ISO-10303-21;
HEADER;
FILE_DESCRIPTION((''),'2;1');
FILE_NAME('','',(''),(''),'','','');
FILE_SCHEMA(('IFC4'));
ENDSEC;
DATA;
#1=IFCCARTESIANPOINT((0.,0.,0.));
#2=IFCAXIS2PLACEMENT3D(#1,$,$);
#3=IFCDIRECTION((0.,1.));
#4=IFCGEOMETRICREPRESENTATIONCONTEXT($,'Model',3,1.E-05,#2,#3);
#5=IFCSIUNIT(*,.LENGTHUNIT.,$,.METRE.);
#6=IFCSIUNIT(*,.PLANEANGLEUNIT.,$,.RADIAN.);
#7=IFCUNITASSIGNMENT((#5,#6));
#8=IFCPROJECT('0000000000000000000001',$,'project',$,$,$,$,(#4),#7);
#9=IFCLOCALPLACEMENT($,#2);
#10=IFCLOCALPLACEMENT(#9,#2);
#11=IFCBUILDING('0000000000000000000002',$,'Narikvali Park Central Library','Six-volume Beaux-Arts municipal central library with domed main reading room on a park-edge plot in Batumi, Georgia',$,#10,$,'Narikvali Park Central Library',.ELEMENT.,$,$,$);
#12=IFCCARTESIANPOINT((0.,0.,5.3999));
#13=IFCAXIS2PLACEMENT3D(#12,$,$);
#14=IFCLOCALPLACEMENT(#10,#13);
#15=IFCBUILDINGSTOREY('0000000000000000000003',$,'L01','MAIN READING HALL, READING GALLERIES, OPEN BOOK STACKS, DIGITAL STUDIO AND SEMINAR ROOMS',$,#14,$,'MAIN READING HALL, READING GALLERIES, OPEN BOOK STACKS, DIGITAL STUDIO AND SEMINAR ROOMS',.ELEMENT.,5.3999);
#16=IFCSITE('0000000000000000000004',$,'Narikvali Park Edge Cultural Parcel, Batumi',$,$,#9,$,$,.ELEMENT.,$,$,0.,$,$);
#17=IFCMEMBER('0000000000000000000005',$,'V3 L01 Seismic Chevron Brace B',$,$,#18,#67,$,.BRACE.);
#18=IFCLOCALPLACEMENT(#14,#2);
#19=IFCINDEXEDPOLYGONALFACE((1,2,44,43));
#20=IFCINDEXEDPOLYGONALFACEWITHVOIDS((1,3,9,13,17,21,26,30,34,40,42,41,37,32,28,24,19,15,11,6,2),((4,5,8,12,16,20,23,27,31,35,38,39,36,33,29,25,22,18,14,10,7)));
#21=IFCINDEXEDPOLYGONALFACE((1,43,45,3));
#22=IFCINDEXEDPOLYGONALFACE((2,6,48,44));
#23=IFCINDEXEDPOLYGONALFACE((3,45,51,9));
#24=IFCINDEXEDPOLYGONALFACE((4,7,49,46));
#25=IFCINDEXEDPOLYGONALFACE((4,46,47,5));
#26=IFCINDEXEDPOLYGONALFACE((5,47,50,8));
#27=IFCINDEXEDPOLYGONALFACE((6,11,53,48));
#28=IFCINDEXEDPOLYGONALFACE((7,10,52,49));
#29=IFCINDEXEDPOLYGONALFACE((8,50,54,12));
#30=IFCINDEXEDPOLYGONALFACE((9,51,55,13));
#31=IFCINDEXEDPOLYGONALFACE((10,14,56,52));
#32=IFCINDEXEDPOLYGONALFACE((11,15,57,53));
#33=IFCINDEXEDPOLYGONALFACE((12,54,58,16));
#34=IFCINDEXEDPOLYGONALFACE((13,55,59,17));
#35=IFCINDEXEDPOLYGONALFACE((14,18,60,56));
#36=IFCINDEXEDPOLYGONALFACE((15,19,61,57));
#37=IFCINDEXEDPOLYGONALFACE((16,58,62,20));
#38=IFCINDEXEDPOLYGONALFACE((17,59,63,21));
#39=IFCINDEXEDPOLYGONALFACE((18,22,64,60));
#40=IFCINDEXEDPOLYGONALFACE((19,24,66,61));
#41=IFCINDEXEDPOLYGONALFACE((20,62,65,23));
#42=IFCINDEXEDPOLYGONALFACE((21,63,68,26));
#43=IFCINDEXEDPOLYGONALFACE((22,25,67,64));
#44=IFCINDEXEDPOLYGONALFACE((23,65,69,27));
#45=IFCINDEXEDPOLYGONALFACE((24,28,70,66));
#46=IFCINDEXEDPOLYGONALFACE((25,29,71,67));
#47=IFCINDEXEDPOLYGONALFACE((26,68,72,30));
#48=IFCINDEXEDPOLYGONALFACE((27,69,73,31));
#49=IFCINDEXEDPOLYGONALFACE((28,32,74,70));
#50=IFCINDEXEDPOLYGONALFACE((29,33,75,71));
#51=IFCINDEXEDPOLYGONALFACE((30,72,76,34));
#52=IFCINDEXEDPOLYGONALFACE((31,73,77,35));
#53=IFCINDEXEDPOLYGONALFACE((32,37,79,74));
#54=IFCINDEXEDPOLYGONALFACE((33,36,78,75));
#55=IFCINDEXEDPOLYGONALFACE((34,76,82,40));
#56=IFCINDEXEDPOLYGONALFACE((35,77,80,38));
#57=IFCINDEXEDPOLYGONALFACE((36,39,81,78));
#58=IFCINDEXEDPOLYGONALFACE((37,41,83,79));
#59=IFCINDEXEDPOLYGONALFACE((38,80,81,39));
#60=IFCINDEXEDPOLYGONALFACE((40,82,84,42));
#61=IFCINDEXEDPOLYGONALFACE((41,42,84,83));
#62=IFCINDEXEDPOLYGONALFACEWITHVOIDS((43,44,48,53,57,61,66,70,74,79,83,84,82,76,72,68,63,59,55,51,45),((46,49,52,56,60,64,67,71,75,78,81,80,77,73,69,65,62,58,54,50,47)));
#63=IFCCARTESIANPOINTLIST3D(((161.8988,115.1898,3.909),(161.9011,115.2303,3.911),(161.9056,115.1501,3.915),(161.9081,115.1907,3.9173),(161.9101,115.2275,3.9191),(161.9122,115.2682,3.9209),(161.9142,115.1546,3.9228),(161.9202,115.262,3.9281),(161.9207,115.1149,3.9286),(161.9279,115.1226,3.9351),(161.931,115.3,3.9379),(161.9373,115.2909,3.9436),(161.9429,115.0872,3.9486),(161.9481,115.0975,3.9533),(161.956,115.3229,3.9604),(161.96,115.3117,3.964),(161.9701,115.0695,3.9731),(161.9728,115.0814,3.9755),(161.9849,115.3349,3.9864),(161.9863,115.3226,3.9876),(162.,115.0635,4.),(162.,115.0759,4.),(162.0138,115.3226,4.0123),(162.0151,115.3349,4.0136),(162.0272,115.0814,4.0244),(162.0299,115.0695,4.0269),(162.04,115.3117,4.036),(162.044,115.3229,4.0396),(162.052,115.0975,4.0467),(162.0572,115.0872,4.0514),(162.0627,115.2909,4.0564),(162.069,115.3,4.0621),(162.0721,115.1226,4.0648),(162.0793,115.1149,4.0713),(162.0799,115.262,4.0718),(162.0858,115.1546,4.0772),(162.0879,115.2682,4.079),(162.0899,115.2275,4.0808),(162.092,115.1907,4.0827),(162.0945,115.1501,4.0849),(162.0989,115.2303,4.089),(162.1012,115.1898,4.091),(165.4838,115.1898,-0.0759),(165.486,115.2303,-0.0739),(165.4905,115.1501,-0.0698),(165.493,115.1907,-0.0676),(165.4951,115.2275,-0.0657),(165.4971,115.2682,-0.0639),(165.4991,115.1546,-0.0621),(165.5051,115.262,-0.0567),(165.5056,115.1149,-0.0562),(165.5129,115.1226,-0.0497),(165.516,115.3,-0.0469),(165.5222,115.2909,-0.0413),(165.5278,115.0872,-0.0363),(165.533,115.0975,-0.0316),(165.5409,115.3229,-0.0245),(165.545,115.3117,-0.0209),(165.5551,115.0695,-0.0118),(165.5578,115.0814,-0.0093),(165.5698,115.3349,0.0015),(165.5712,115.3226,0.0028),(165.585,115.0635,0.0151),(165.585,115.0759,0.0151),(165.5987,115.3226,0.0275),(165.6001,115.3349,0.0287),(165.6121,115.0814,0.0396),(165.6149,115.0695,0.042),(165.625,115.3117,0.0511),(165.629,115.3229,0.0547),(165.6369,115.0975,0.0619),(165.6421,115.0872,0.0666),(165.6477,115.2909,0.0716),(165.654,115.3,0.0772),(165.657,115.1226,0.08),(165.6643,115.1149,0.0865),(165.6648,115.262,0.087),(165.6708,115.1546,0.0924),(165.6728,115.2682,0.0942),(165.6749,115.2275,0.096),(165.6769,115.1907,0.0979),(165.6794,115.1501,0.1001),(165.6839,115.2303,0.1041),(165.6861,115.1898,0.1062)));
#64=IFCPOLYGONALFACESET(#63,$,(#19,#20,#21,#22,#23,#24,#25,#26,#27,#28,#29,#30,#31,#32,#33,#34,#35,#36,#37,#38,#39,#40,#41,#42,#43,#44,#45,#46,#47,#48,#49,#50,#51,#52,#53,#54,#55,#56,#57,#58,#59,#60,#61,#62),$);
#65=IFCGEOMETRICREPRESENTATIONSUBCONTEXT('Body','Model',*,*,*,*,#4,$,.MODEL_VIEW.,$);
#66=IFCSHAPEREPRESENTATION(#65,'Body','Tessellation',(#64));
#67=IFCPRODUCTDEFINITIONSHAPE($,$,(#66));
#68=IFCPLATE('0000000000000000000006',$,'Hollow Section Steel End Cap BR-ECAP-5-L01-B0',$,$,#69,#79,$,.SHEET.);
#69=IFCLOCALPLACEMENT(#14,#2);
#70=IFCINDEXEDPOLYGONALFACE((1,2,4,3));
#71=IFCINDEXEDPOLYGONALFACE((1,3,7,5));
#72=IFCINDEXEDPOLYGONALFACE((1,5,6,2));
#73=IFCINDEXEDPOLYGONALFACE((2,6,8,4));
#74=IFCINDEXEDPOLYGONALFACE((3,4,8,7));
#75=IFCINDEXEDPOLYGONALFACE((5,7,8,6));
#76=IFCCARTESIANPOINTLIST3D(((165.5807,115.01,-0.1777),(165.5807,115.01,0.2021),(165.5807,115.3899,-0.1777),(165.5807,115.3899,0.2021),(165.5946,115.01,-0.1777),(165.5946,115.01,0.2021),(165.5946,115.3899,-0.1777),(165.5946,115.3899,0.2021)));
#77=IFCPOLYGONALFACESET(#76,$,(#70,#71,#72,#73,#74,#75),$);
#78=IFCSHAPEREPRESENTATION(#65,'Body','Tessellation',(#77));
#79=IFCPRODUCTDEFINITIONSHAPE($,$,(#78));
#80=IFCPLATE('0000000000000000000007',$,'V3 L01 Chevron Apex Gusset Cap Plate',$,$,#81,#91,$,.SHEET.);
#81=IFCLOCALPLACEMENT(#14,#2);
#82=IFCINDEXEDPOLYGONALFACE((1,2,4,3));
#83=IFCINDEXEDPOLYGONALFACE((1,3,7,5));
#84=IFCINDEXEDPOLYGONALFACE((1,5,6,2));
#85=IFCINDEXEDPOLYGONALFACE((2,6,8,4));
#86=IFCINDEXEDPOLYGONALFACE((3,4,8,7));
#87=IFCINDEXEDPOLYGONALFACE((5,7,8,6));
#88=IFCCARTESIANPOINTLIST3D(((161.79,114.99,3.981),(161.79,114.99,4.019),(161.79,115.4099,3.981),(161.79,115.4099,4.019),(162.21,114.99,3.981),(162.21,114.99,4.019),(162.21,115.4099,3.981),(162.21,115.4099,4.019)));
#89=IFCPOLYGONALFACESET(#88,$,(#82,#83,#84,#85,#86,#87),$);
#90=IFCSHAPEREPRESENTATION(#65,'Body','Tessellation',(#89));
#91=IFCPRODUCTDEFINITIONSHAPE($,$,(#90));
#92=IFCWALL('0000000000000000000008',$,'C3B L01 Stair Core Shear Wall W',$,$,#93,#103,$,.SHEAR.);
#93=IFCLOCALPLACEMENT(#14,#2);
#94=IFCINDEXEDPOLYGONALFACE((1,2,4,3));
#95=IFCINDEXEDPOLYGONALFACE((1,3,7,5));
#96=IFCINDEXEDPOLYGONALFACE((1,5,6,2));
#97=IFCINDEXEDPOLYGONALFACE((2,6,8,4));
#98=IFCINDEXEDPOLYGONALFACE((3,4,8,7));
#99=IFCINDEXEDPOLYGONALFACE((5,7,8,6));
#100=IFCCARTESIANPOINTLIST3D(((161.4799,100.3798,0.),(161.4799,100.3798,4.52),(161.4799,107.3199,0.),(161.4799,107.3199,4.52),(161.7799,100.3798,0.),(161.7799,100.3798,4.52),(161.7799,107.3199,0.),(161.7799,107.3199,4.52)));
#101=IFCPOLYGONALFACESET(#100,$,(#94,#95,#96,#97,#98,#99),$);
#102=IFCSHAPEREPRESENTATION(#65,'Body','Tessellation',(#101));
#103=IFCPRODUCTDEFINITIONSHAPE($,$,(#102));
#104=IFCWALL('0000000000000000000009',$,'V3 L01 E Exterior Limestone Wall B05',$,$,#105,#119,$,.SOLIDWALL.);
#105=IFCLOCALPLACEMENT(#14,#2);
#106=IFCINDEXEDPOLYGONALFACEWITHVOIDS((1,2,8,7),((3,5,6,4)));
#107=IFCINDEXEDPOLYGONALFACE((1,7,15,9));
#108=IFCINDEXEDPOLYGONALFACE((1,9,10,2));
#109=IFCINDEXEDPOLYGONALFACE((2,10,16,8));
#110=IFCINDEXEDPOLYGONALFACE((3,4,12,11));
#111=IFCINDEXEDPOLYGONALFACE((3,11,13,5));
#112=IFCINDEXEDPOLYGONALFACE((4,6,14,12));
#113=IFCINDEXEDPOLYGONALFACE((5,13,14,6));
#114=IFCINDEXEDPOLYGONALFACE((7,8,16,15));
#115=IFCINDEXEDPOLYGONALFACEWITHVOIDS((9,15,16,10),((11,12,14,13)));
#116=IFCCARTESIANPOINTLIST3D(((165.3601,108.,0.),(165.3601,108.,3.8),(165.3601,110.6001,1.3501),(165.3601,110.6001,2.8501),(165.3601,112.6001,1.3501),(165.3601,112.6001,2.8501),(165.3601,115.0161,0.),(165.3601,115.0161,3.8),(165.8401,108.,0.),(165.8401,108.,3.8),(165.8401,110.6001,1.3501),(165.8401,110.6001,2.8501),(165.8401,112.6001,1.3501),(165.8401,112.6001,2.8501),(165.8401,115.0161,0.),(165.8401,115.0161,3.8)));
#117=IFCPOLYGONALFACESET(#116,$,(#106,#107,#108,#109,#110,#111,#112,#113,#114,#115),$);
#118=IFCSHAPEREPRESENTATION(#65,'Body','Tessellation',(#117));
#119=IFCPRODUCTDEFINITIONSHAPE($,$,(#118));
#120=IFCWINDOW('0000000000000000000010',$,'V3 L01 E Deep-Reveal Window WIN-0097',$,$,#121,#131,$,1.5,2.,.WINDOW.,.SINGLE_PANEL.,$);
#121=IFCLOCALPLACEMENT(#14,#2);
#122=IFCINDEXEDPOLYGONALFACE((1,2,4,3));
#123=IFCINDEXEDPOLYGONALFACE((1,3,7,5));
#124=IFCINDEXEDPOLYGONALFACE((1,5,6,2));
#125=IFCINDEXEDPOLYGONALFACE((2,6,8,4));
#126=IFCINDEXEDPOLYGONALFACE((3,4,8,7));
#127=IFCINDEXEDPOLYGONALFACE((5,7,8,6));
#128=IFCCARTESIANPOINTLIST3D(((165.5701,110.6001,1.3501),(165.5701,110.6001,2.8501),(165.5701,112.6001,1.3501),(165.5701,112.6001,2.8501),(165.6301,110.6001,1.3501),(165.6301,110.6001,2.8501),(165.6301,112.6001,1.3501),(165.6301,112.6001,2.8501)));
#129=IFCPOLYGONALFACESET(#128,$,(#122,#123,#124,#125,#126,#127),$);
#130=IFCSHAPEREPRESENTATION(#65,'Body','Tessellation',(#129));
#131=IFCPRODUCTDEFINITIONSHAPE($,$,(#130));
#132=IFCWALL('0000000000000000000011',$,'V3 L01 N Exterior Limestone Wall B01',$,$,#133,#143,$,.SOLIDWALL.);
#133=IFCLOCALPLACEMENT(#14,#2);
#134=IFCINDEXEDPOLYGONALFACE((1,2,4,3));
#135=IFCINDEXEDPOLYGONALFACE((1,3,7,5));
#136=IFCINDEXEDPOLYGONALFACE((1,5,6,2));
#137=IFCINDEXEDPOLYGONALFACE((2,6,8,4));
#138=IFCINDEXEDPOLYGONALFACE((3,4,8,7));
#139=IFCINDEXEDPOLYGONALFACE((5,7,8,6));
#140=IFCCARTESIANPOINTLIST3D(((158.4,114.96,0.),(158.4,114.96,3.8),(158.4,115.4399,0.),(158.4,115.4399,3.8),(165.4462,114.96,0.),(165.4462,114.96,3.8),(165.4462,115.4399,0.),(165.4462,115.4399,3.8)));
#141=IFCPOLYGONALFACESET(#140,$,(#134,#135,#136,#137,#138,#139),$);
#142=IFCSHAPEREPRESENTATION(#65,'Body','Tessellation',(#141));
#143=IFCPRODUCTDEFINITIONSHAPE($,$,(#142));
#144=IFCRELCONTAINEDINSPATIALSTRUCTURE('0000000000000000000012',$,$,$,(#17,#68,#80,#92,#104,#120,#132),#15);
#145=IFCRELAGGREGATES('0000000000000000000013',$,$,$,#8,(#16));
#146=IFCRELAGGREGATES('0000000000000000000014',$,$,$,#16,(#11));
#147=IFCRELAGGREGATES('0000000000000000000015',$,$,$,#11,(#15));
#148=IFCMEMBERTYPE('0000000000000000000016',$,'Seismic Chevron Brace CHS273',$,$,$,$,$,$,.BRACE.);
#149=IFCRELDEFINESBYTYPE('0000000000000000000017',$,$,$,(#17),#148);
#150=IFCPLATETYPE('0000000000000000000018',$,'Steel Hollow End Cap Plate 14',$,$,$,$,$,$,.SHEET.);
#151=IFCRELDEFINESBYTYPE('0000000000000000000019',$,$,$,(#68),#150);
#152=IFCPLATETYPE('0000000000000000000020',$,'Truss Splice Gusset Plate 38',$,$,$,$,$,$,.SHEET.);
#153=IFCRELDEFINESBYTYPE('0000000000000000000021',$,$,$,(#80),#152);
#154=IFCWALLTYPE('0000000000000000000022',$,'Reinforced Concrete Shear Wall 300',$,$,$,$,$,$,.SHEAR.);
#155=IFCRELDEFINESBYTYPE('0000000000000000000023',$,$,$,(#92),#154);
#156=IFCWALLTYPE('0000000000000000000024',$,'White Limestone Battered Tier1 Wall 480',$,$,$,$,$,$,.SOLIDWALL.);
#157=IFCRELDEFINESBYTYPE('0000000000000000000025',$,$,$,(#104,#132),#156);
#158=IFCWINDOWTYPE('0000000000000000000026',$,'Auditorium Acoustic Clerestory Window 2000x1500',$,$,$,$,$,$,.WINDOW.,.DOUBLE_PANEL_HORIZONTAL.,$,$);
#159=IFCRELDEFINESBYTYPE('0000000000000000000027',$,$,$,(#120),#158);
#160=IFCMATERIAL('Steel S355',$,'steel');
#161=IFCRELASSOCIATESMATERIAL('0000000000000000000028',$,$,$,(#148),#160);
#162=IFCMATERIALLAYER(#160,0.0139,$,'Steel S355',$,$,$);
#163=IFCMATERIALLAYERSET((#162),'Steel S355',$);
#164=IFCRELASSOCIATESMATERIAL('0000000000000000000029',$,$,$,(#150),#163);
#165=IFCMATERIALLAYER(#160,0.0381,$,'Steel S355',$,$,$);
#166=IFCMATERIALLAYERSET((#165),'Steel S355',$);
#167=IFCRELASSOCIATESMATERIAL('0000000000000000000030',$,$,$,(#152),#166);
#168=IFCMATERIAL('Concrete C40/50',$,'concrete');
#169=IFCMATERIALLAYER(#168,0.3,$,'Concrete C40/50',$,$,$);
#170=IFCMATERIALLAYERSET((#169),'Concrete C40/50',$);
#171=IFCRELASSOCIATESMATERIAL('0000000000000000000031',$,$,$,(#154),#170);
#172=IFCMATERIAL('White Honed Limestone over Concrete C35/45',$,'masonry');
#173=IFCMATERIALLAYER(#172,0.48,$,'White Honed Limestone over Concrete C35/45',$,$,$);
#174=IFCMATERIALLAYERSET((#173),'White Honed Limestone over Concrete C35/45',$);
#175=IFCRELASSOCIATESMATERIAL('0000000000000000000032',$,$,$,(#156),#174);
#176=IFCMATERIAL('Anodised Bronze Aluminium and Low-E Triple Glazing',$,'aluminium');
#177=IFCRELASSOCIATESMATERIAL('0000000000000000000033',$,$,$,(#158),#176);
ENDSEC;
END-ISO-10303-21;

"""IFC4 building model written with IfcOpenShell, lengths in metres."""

from ifc_helpers import new_model, si_unit, direction, frame, frame_2d, origin, origin_2d, place, context, subcontext, project, spatial, rectangle, hollow_circle, extrude, material, layer, layer_set, material_profile, profile_set, type_object, element, fill, save


model = new_model("IFC4")

# Units and contexts
model_context = context("Model", 3, precision=1e-05, world=origin(), true_north=direction((0.0, 1.0)))
body_context = subcontext(model_context, "Body", "Model", "MODEL_VIEW")
ifc_project = project(units=[si_unit("LENGTHUNIT", "METRE"), si_unit("PLANEANGLEUNIT", "RADIAN")], contexts=[model_context])

# Site, building, storey
site_placement = place(None, origin())
site = spatial("IfcSite", under=ifc_project, at=site_placement, Name="Narikvali Park Edge Cultural Parcel, Batumi", CompositionType="ELEMENT", RefElevation=0.0)
building_placement = place(site_placement, origin())
building = spatial("IfcBuilding", under=site, at=building_placement, Name="Narikvali Park Central Library", Description="Six-volume Beaux-Arts municipal central library with domed main reading room on a park-edge plot in Batumi, Georgia", LongName="Narikvali Park Central Library", CompositionType="ELEMENT")
storey_placement = place(building_placement, frame((0.0, 0.0, 5.3999)))
storey = spatial("IfcBuildingStorey", under=building, at=storey_placement, Name="L01", Description="MAIN READING HALL, READING GALLERIES, OPEN BOOK STACKS, DIGITAL STUDIO AND SEMINAR ROOMS", LongName="MAIN READING HALL, READING GALLERIES, OPEN BOOK STACKS, DIGITAL STUDIO AND SEMINAR ROOMS", CompositionType="ELEMENT", Elevation=5.3999)

# Shared definitions
ifc_material_1 = material(Name="Steel S355", Category="steel")

# Member
ifc_material_profile_1 = material_profile(ifc_material_1, hollow_circle(Radius=0.1365, WallThickness=0.0125, at=origin_2d()), Name="CHS 273x12.5")
ifc_profile_set_1 = profile_set([ifc_material_profile_1], Name="Steel S355")
member_type = type_object("IfcMemberType", Name="Seismic Chevron Brace CHS273", PredefinedType="BRACE", material=ifc_profile_set_1)
member_placement = place(storey_placement, frame((165.585, 115.2, 0.0151), z_axis=(-0.668819, 0.0, 0.743425), x_axis=(0.0, -1.0, 0.0)))
element("IfcMember", 1, at=member_placement, inside=storey, type_object=member_type, Name="V3 L01 Seismic Chevron Brace B", PredefinedType="BRACE", context=body_context, shape_type="SweptSolid", body=[
    extrude(hollow_circle(Radius=0.1365, WallThickness=0.0125, at=origin_2d()), origin(), (0.0, 0.0, 1.0), 5.3601),
])

# Plates
ifc_layer_1 = layer(ifc_material_1, 0.0139, Name="Steel S355")
ifc_layer_set_1 = layer_set([ifc_layer_1], Name="Steel S355")
plate_type_1 = type_object("IfcPlateType", Name="Steel Hollow End Cap Plate 14", PredefinedType="SHEET", material=ifc_layer_set_1)
plate_1_placement = place(storey_placement, frame((165.5876, 115.2, -0.1777), z_axis=(0.0, 0.0, 1.0), x_axis=(1.0, 0.0, 0.0)))
element("IfcPlate", 2, at=plate_1_placement, inside=storey, type_object=plate_type_1, Name="Hollow Section Steel End Cap BR-ECAP-5-L01-B0", PredefinedType="SHEET", context=body_context, shape_type="SweptSolid", body=[
    extrude(rectangle(XDim=0.0139, YDim=0.3799, at=origin_2d()), origin(), (0.0, 0.0, 1.0), 0.3799),
])
ifc_layer_2 = layer(ifc_material_1, 0.0381, Name="Steel S355")
ifc_layer_set_2 = layer_set([ifc_layer_2], Name="Steel S355")
plate_type_2 = type_object("IfcPlateType", Name="Truss Splice Gusset Plate 38", PredefinedType="SHEET", material=ifc_layer_set_2)
plate_2_placement = place(storey_placement, frame((162.0, 115.2, 3.981), z_axis=(0.0, 0.0, 1.0), x_axis=(1.0, 0.0, 0.0)))
element("IfcPlate", 3, at=plate_2_placement, inside=storey, type_object=plate_type_2, Name="V3 L01 Chevron Apex Gusset Cap Plate", PredefinedType="SHEET", context=body_context, shape_type="SweptSolid", body=[
    extrude(rectangle(XDim=0.4199, YDim=0.4199, at=origin_2d()), origin(), (0.0, 0.0, 1.0), 0.0381),
])

# Shared definitions
ifc_material_2 = material(Name="Concrete C40/50", Category="concrete")
ifc_layer_3 = layer(ifc_material_2, 0.3, Name="Concrete C40/50")
ifc_layer_set_3 = layer_set([ifc_layer_3], Name="Concrete C40/50")
wall_type_1 = type_object("IfcWallType", Name="Reinforced Concrete Shear Wall 300", PredefinedType="SHEAR", material=ifc_layer_set_3)

# Wall
wall_1_placement = place(storey_placement, frame((161.6299, 107.3201, 0.0), z_axis=(0.0, 0.0, 1.0), x_axis=(0.0, -1.0, 0.0)))
element("IfcWall", 4, at=wall_1_placement, inside=storey, type_object=wall_type_1, Name="C3B L01 Stair Core Shear Wall W", PredefinedType="SHEAR", context=body_context, shape_type="SweptSolid", body=[
    extrude(rectangle(XDim=6.9402, YDim=0.3, at=frame_2d((3.4702, 0.0))), origin(), (0.0, 0.0, 1.0), 4.52),
])

# Wall, opening, window
ifc_material_3 = material(Name="White Honed Limestone over Concrete C35/45", Category="masonry")
ifc_layer_4 = layer(ifc_material_3, 0.48, Name="White Honed Limestone over Concrete C35/45")
ifc_layer_set_4 = layer_set([ifc_layer_4], Name="White Honed Limestone over Concrete C35/45")
wall_type_2 = type_object("IfcWallType", Name="White Limestone Battered Tier1 Wall 480", PredefinedType="SOLIDWALL", material=ifc_layer_set_4)
wall_2_placement = place(storey_placement, frame((165.6001, 108.0, 0.0), z_axis=(0.0, 0.0, 1.0), x_axis=(0.0, 1.0, 0.0)))
wall_2 = element("IfcWall", 5, at=wall_2_placement, inside=storey, type_object=wall_type_2, Name="V3 L01 E Exterior Limestone Wall B05", PredefinedType="SOLIDWALL", context=body_context, shape_type="SweptSolid", body=[
    extrude(rectangle(XDim=7.0161, YDim=0.48, at=frame_2d((3.5081, 0.0))), origin(), (0.0, 0.0, 1.0), 3.8),
])
opening_1_placement = place(wall_2_placement, frame((2.6001, 0.0, 1.3501)))
opening_1 = element("IfcOpeningElement", 6, at=opening_1_placement, cuts=wall_2, PredefinedType="OPENING", context=body_context, shape_type="SweptSolid", body=[
    extrude(rectangle(XDim=2.0, YDim=1.5, at=frame_2d((1.0, 0.75))), frame((0.0, 0.252, 0.0), z_axis=(0.0, -1.0, 0.0), x_axis=(1.0, 0.0, 0.0)), (0.0, 0.0, 1.0), 0.5039),
])
ifc_material_4 = material(Name="Anodised Bronze Aluminium and Low-E Triple Glazing", Category="aluminium")
window_type = type_object("IfcWindowType", Name="Auditorium Acoustic Clerestory Window 2000x1500", PartitioningType="DOUBLE_PANEL_HORIZONTAL", PredefinedType="WINDOW", material=ifc_material_4)
window_placement = place(opening_1_placement, origin())
window = element("IfcWindow", 7, at=window_placement, inside=storey, type_object=window_type, Name="V3 L01 E Deep-Reveal Window WIN-0097", OverallHeight=1.5, OverallWidth=2.0, PartitioningType="SINGLE_PANEL", PredefinedType="WINDOW", context=body_context, shape_type="SweptSolid", body=[
    extrude(rectangle(XDim=2.0, YDim=1.5, at=frame_2d((1.0, 0.75))), frame((0.0, 0.03, 0.0), z_axis=(0.0, -1.0, 0.0), x_axis=(1.0, 0.0, 0.0)), (0.0, 0.0, 1.0), 0.0601),
])
fill(opening_1, window)

# Wall
wall_3_placement = place(storey_placement, frame((165.446, 115.2, 0.0), z_axis=(0.0, 0.0, 1.0), x_axis=(-1.0, 0.0, 0.0)))
element("IfcWall", 8, at=wall_3_placement, inside=storey, type_object=wall_type_2, Name="V3 L01 N Exterior Limestone Wall B01", PredefinedType="SOLIDWALL", context=body_context, shape_type="SweptSolid", body=[
    extrude(rectangle(XDim=7.0461, YDim=0.48, at=frame_2d((3.5229, 0.0))), origin(), (0.0, 0.0, 1.0), 3.8),
])

save(model, "model.ifc")
